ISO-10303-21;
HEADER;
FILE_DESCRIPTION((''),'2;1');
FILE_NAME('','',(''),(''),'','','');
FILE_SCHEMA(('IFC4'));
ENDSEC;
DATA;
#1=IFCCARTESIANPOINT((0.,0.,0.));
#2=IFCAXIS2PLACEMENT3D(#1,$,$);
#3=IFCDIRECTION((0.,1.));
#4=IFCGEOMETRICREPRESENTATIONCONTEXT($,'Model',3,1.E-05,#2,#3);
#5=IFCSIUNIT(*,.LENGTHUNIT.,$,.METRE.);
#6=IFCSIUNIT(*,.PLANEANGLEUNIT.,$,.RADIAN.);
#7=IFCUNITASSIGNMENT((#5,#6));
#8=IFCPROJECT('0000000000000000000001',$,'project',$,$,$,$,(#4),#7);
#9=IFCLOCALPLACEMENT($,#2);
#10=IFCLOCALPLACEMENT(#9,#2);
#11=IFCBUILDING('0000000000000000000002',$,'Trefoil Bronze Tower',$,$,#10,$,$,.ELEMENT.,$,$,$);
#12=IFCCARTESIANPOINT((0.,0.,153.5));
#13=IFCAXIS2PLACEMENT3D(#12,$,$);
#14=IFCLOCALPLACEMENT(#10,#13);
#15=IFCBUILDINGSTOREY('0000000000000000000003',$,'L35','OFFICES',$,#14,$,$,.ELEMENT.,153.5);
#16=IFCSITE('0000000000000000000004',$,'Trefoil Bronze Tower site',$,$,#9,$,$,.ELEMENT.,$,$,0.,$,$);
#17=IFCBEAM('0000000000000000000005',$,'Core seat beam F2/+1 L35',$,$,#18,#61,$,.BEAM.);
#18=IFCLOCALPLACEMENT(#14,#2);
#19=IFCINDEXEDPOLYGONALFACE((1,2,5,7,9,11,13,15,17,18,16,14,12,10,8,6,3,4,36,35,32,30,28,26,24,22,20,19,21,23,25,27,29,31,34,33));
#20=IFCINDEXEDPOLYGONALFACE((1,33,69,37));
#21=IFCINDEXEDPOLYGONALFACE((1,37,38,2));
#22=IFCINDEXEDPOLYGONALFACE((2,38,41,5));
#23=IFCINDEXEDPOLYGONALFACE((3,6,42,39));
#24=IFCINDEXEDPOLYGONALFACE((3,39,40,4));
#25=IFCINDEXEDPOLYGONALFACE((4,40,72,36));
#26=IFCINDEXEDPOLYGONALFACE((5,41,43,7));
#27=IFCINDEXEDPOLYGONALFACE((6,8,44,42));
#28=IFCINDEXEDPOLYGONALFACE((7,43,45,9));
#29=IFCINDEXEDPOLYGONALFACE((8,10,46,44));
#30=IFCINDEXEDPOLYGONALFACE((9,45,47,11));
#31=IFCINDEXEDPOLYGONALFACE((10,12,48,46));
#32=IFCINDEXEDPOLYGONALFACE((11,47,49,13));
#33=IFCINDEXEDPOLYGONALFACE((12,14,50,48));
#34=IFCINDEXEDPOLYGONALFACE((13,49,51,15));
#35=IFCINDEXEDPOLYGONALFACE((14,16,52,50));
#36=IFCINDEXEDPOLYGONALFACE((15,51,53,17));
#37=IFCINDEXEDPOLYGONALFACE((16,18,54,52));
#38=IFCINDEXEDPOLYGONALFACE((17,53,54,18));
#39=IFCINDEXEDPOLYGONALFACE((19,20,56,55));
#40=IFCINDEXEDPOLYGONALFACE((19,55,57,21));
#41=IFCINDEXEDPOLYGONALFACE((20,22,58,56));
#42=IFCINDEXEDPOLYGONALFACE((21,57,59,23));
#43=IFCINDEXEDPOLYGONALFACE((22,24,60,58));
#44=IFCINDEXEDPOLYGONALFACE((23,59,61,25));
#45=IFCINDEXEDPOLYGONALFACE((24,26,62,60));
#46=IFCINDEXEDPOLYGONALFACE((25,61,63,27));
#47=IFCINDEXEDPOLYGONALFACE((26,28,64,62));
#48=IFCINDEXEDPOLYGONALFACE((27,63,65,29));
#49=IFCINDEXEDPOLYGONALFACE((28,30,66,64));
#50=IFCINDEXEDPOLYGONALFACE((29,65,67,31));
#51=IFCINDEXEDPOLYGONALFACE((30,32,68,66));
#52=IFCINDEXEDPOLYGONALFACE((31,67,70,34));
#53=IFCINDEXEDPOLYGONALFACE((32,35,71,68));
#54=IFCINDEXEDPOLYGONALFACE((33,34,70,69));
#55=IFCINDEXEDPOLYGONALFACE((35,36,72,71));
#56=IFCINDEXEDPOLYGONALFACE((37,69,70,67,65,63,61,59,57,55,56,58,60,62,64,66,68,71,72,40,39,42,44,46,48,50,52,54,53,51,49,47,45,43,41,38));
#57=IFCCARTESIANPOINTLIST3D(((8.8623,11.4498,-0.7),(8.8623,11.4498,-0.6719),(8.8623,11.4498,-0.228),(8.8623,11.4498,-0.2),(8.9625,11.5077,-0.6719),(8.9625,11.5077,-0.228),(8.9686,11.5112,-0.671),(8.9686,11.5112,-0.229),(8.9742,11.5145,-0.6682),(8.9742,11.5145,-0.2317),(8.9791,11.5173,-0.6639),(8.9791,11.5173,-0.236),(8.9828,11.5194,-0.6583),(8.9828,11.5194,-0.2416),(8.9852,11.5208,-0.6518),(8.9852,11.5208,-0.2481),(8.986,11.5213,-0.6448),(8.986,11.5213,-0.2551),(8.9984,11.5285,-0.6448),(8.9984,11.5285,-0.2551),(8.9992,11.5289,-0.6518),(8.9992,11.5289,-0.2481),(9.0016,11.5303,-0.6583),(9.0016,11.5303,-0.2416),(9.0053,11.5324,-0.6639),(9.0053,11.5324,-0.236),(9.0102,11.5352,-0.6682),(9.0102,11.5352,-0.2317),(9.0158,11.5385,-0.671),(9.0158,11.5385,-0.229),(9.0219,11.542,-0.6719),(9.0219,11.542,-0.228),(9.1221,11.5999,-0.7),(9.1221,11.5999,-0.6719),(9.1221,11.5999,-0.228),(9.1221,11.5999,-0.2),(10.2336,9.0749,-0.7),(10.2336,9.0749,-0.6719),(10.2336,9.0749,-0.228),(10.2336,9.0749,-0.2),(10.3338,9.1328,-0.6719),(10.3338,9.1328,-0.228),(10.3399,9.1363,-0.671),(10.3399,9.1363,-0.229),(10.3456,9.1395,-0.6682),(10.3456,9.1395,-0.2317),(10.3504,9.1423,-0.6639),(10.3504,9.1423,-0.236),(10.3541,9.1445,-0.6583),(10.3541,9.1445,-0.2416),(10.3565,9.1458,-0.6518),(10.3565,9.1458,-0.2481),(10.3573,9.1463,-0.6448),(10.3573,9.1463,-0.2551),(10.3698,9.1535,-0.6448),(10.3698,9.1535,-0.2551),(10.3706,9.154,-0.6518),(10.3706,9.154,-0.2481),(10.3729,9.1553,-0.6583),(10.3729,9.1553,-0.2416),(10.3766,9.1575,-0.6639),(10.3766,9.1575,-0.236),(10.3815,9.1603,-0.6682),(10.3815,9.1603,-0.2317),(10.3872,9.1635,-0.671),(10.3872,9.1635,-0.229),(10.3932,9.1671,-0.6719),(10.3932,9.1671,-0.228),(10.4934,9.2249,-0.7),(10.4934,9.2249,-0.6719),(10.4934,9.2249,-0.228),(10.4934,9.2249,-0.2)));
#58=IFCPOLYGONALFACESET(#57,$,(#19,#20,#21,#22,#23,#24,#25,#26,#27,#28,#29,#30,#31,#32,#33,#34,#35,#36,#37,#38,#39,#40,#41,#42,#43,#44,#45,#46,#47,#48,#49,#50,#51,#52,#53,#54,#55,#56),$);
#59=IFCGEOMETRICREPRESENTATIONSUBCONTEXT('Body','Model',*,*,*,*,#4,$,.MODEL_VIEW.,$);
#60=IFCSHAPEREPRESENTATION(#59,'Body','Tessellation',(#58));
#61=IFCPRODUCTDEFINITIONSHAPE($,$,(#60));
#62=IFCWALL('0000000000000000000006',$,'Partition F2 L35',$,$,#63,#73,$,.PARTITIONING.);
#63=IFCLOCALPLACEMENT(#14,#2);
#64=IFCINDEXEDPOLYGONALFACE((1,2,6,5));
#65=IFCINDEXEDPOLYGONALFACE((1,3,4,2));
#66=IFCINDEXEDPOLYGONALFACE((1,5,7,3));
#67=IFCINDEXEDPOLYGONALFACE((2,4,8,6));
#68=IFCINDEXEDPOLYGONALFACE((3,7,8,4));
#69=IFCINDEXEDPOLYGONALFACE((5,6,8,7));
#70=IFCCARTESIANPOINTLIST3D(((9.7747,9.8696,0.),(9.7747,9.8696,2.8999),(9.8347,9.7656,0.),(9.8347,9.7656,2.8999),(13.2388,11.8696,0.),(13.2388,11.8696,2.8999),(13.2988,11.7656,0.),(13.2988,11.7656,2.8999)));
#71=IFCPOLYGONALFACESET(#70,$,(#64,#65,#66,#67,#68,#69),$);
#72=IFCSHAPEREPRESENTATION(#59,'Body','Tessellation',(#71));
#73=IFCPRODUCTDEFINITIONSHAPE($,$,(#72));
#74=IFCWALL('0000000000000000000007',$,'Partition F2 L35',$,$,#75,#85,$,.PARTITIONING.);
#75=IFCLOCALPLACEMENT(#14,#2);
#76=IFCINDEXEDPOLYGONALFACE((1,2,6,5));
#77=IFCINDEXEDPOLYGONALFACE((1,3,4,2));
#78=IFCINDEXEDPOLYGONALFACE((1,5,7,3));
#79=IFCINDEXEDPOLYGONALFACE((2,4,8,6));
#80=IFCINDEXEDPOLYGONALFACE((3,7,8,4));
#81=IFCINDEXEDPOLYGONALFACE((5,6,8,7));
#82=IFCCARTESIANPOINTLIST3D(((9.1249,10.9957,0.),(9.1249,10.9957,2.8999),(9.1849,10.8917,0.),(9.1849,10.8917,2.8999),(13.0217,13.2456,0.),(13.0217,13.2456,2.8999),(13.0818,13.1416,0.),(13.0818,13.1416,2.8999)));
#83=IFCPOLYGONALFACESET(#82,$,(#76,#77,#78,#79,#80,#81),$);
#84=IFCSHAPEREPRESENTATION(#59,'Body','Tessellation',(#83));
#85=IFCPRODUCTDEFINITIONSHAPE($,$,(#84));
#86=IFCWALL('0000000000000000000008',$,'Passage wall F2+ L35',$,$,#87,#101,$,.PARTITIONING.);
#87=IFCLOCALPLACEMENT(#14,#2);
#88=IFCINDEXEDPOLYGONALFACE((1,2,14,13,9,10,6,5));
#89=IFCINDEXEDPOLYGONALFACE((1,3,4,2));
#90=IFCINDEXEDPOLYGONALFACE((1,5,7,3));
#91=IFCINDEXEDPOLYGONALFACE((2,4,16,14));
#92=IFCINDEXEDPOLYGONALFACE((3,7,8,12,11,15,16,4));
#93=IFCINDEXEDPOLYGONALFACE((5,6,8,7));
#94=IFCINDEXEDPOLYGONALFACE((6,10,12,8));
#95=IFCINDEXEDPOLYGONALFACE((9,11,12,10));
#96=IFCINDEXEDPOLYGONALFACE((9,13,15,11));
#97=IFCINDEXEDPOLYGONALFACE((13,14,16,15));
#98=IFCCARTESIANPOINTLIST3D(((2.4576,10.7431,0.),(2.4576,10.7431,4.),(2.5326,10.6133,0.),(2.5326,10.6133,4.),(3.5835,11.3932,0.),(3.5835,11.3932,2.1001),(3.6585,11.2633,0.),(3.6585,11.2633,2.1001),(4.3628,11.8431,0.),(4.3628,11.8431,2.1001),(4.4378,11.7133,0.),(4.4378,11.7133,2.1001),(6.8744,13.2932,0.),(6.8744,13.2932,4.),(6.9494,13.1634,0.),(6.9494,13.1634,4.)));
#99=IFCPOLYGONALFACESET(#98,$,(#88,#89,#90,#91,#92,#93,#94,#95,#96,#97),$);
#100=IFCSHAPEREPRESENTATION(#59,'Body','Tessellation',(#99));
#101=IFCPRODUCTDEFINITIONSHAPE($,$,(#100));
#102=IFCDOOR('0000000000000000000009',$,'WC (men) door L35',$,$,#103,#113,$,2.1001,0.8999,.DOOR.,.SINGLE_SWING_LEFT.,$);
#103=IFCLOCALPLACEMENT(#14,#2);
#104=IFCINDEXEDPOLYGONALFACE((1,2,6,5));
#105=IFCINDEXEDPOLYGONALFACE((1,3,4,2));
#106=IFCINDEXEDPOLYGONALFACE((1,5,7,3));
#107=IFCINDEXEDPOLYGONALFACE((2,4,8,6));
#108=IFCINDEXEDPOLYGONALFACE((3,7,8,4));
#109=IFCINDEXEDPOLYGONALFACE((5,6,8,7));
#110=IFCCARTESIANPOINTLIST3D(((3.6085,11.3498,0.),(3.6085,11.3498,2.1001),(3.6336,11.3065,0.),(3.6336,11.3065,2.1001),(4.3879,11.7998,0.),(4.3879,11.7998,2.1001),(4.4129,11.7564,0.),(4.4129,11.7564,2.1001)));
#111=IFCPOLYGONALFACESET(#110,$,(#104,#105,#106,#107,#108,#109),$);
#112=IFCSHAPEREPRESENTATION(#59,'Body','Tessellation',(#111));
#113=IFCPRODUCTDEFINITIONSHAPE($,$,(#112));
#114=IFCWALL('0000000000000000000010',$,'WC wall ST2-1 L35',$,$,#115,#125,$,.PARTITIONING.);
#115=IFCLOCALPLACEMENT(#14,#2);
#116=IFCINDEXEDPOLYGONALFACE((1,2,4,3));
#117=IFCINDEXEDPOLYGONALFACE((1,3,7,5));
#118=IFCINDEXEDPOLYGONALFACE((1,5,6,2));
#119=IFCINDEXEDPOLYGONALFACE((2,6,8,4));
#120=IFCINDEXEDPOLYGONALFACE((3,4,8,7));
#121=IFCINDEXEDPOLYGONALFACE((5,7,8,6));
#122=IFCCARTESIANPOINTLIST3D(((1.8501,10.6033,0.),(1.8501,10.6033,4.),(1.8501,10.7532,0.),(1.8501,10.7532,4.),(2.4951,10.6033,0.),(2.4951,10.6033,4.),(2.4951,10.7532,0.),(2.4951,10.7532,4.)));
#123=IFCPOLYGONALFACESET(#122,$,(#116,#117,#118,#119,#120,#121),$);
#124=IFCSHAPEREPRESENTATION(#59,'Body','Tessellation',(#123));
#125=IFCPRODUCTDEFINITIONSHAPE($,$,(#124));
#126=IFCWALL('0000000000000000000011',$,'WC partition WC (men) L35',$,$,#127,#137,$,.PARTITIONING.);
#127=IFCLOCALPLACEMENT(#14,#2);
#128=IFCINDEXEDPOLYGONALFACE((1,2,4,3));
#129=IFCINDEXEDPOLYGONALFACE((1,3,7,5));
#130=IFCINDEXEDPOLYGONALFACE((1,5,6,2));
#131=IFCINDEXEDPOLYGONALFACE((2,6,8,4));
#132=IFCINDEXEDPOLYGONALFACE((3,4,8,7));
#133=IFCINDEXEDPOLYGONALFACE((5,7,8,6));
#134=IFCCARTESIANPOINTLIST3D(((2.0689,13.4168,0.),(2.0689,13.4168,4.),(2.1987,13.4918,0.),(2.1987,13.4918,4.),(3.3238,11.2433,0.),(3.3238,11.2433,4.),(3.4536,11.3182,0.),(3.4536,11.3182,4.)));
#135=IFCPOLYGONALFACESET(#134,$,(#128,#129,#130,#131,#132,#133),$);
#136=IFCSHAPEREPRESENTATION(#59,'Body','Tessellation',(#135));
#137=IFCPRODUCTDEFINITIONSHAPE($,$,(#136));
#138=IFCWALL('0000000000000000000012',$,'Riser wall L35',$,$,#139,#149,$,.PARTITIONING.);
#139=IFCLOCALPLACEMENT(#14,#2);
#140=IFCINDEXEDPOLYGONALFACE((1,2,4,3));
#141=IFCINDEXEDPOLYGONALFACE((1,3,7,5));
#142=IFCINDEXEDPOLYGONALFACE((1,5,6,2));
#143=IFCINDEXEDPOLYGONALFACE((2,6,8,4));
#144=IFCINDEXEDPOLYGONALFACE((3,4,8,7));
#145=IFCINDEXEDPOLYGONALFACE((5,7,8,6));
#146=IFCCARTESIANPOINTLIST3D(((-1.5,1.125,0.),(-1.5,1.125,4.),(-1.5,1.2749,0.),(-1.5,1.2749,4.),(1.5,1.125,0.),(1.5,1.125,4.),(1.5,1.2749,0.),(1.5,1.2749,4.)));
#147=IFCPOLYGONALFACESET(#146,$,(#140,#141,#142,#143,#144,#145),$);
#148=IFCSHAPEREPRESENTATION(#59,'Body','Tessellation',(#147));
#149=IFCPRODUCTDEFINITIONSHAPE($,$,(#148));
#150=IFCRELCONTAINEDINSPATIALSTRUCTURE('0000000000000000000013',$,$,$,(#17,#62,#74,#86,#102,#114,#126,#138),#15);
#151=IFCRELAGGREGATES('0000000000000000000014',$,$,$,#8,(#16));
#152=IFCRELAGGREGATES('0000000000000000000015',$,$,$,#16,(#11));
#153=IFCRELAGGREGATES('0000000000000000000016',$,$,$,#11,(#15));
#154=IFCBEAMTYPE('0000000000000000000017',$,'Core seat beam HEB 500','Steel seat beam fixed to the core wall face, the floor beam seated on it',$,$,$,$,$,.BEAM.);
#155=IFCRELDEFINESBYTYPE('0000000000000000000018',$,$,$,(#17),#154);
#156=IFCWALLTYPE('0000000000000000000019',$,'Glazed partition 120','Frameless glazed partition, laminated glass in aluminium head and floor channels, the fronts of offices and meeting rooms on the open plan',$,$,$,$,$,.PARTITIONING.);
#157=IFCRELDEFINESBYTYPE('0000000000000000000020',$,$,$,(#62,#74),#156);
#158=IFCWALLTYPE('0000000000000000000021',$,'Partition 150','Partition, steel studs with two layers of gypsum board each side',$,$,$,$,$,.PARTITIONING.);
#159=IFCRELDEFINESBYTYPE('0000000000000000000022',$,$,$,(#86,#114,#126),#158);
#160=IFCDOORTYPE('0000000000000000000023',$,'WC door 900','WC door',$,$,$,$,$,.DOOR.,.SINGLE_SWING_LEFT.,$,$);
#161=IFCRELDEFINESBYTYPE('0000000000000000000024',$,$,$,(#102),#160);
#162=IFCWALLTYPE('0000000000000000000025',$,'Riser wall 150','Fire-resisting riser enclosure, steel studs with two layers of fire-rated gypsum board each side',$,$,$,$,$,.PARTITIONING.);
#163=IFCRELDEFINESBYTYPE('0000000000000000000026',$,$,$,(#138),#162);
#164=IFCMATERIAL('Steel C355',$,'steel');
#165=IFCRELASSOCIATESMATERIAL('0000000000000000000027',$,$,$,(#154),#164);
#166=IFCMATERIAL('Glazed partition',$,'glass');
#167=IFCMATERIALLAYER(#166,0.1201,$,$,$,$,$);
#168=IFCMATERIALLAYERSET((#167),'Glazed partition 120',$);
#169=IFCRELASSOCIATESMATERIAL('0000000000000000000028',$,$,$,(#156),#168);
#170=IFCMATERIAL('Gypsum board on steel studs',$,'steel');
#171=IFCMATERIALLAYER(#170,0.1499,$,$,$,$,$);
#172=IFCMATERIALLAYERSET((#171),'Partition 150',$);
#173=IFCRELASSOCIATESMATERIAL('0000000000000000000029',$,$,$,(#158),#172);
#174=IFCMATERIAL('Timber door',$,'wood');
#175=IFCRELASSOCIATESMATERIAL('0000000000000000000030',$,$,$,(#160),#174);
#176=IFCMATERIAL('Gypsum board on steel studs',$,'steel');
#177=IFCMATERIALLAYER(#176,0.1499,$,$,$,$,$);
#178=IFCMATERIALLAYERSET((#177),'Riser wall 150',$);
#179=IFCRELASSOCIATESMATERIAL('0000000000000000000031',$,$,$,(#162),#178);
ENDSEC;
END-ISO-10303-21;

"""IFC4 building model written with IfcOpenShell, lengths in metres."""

from ifc_helpers import new_model, si_unit, direction, frame, frame_2d, origin, origin_2d, place, context, subcontext, project, spatial, rectangle, i_section, extrude, material, layer, layer_set, material_profile, profile_set, type_object, element, fill, save


model = new_model("IFC4")

# Units and contexts
model_context = context("Model", 3, precision=1e-05, world=origin(), true_north=direction((0.0, 1.0)))
body_context = subcontext(model_context, "Body", "Model", "MODEL_VIEW")
ifc_project = project(units=[si_unit("LENGTHUNIT", "METRE"), si_unit("PLANEANGLEUNIT", "RADIAN")], contexts=[model_context])

# Site, building, storey
site_placement = place(None, origin())
site = spatial("IfcSite", under=ifc_project, at=site_placement, Name="Trefoil Bronze Tower site", CompositionType="ELEMENT", RefElevation=0.0)
building_placement = place(site_placement, origin())
building = spatial("IfcBuilding", under=site, at=building_placement, Name="Trefoil Bronze Tower", CompositionType="ELEMENT")
storey_placement = place(building_placement, frame((0.0, 0.0, 153.5)))
storey = spatial("IfcBuildingStorey", under=building, at=storey_placement, Name="L35", Description="OFFICES", CompositionType="ELEMENT", Elevation=153.5)

# Beam
ifc_material_1 = material(Name="Steel C355", Category="steel")
ifc_material_profile = material_profile(ifc_material_1, i_section(OverallWidth=0.3, OverallDepth=0.5, WebThickness=0.0144, FlangeThickness=0.0281, FilletRadius=0.0271, at=origin_2d()), Name="HEB 500")
ifc_profile_set = profile_set([ifc_material_profile], Name="Steel C355")
beam_type = type_object("IfcBeamType", Name="Core seat beam HEB 500", Description="Steel seat beam fixed to the core wall face, the floor beam seated on it", PredefinedType="BEAM", material=ifc_profile_set)
beam_placement = place(storey_placement, frame((10.3635, 9.1499, -0.45), z_axis=(-0.500036, 0.866005, 0.0), x_axis=(-0.866005, -0.500036, 0.0)))
element("IfcBeam", 1, at=beam_placement, inside=storey, type_object=beam_type, Name="Core seat beam F2/+1 L35", PredefinedType="BEAM", context=body_context, shape_type="SweptSolid", body=[
    extrude(i_section(OverallWidth=0.3, OverallDepth=0.5, WebThickness=0.0144, FlangeThickness=0.0281, FilletRadius=0.0271, at=origin_2d()), origin(), (0.0, 0.0, 1.0), 2.7424),
])

# Walls
ifc_material_2 = material(Name="Glazed partition", Category="glass")
ifc_layer_1 = layer(ifc_material_2, 0.1201)
ifc_layer_set_1 = layer_set([ifc_layer_1], Name="Glazed partition 120")
wall_type_1 = type_object("IfcWallType", Name="Glazed partition 120", Description="Frameless glazed partition, laminated glass in aluminium head and floor channels, the fronts of offices and meeting rooms on the open plan", PredefinedType="PARTITIONING", material=ifc_layer_set_1)
wall_1_placement = place(storey_placement, frame((9.8047, 9.8176, 0.0), z_axis=(0.0, 0.0, 1.0), x_axis=(0.866026, 0.499999, 0.0)))
element("IfcWall", 2, at=wall_1_placement, inside=storey, type_object=wall_type_1, Name="Partition F2 L35", PredefinedType="PARTITIONING", context=body_context, shape_type="SweptSolid", body=[
    extrude(rectangle(XDim=4.0, YDim=0.1201, at=frame_2d((2.0, 0.0))), origin(), (0.0, 0.0, 1.0), 2.8999),
])
wall_2_placement = place(storey_placement, frame((9.1548, 10.9436, 0.0), z_axis=(0.0, 0.0, 1.0), x_axis=(0.866018, 0.500014, 0.0)))
element("IfcWall", 3, at=wall_2_placement, inside=storey, type_object=wall_type_1, Name="Partition F2 L35", PredefinedType="PARTITIONING", context=body_context, shape_type="SweptSolid", body=[
    extrude(rectangle(XDim=4.4998, YDim=0.1201, at=frame_2d((2.25, 0.0))), origin(), (0.0, 0.0, 1.0), 2.8999),
])

# Wall, opening, door
ifc_material_3 = material(Name="Gypsum board on steel studs", Category="steel")
ifc_layer_2 = layer(ifc_material_3, 0.1499)
ifc_layer_set_2 = layer_set([ifc_layer_2], Name="Partition 150")
wall_type_2 = type_object("IfcWallType", Name="Partition 150", Description="Partition, steel studs with two layers of gypsum board each side", PredefinedType="PARTITIONING", material=ifc_layer_set_2)
wall_3_placement = place(storey_placement, frame((2.4951, 10.6782, 0.0), z_axis=(0.0, 0.0, 1.0), x_axis=(0.866022, 0.500006, 0.0)))
wall_3 = element("IfcWall", 4, at=wall_3_placement, inside=storey, type_object=wall_type_2, Name="Passage wall F2+ L35", PredefinedType="PARTITIONING", context=body_context, shape_type="SweptSolid", body=[
    extrude(rectangle(XDim=5.1001, YDim=0.1499, at=frame_2d((2.55, 0.0))), origin(), (0.0, 0.0, 1.0), 4.0),
])
opening_1_placement = place(wall_3_placement, frame((1.3, 0.0, 0.0)))
opening_1 = element("IfcOpeningElement", 5, at=opening_1_placement, cuts=wall_3, PredefinedType="OPENING", context=body_context, shape_type="SweptSolid", body=[
    extrude(rectangle(XDim=0.8999, YDim=2.1001, at=frame_2d((0.45, 1.05))), frame((0.0, 0.085, 0.0), z_axis=(0.0, -1.0, 0.0), x_axis=(1.0, 0.0, 0.0)), (0.0, 0.0, 1.0), 0.1699),
])
ifc_material_4 = material(Name="Timber door", Category="wood")
door_type_1 = type_object("IfcDoorType", Name="WC door 900", Description="WC door", OperationType="SINGLE_SWING_LEFT", PredefinedType="DOOR", material=ifc_material_4)
door_1_placement = place(opening_1_placement, origin())
door_1 = element("IfcDoor", 6, at=door_1_placement, inside=storey, type_object=door_type_1, Name="WC (men) door L35", OperationType="SINGLE_SWING_LEFT", OverallHeight=2.1001, OverallWidth=0.8999, PredefinedType="DOOR", context=body_context, shape_type="SweptSolid", body=[
    extrude(rectangle(XDim=0.8999, YDim=2.1001, at=frame_2d((0.45, 1.05))), frame((0.0, 0.0249, 0.0), z_axis=(0.0, -1.0, 0.0), x_axis=(1.0, 0.0, 0.0)), (0.0, 0.0, 1.0), 0.05),
])
fill(opening_1, door_1)

# Walls
wall_4_placement = place(storey_placement, frame((2.4951, 10.6782, 0.0), z_axis=(0.0, 0.0, 1.0), x_axis=(-1.0, 0.0, 0.0)))
element("IfcWall", 7, at=wall_4_placement, inside=storey, type_object=wall_type_2, Name="WC wall ST2-1 L35", PredefinedType="PARTITIONING", context=body_context, shape_type="SweptSolid", body=[
    extrude(rectangle(XDim=0.645, YDim=0.1499, at=frame_2d((0.3225, 0.0))), origin(), (0.0, 0.0, 1.0), 4.0),
])
wall_5_placement = place(storey_placement, frame((3.3887, 11.2808, 0.0), z_axis=(0.0, 0.0, 1.0), x_axis=(-0.499989, 0.866032, 0.0)))
element("IfcWall", 8, at=wall_5_placement, inside=storey, type_object=wall_type_2, Name="WC partition WC (men) L35", PredefinedType="PARTITIONING", context=body_context, shape_type="SweptSolid", body=[
    extrude(rectangle(XDim=2.5098, YDim=0.1499, at=frame_2d((1.2549, 0.0))), origin(), (0.0, 0.0, 1.0), 4.0),
])
ifc_material_5 = material(Name="Gypsum board on steel studs", Category="steel")
ifc_layer_3 = layer(ifc_material_5, 0.1499)
ifc_layer_set_3 = layer_set([ifc_layer_3], Name="Riser wall 150")
wall_type_3 = type_object("IfcWallType", Name="Riser wall 150", Description="Fire-resisting riser enclosure, steel studs with two layers of fire-rated gypsum board each side", PredefinedType="PARTITIONING", material=ifc_layer_set_3)
wall_6_placement = place(storey_placement, frame((1.5, 1.2, 0.0), z_axis=(0.0, 0.0, 1.0), x_axis=(-1.0, 0.0, 0.0)))
element("IfcWall", 9, at=wall_6_placement, inside=storey, type_object=wall_type_3, Name="Riser wall L35", PredefinedType="PARTITIONING", context=body_context, shape_type="SweptSolid", body=[
    extrude(rectangle(XDim=3.0, YDim=0.1499, at=frame_2d((1.5, 0.0))), origin(), (0.0, 0.0, 1.0), 4.0),
])

save(model, "model.ifc")
